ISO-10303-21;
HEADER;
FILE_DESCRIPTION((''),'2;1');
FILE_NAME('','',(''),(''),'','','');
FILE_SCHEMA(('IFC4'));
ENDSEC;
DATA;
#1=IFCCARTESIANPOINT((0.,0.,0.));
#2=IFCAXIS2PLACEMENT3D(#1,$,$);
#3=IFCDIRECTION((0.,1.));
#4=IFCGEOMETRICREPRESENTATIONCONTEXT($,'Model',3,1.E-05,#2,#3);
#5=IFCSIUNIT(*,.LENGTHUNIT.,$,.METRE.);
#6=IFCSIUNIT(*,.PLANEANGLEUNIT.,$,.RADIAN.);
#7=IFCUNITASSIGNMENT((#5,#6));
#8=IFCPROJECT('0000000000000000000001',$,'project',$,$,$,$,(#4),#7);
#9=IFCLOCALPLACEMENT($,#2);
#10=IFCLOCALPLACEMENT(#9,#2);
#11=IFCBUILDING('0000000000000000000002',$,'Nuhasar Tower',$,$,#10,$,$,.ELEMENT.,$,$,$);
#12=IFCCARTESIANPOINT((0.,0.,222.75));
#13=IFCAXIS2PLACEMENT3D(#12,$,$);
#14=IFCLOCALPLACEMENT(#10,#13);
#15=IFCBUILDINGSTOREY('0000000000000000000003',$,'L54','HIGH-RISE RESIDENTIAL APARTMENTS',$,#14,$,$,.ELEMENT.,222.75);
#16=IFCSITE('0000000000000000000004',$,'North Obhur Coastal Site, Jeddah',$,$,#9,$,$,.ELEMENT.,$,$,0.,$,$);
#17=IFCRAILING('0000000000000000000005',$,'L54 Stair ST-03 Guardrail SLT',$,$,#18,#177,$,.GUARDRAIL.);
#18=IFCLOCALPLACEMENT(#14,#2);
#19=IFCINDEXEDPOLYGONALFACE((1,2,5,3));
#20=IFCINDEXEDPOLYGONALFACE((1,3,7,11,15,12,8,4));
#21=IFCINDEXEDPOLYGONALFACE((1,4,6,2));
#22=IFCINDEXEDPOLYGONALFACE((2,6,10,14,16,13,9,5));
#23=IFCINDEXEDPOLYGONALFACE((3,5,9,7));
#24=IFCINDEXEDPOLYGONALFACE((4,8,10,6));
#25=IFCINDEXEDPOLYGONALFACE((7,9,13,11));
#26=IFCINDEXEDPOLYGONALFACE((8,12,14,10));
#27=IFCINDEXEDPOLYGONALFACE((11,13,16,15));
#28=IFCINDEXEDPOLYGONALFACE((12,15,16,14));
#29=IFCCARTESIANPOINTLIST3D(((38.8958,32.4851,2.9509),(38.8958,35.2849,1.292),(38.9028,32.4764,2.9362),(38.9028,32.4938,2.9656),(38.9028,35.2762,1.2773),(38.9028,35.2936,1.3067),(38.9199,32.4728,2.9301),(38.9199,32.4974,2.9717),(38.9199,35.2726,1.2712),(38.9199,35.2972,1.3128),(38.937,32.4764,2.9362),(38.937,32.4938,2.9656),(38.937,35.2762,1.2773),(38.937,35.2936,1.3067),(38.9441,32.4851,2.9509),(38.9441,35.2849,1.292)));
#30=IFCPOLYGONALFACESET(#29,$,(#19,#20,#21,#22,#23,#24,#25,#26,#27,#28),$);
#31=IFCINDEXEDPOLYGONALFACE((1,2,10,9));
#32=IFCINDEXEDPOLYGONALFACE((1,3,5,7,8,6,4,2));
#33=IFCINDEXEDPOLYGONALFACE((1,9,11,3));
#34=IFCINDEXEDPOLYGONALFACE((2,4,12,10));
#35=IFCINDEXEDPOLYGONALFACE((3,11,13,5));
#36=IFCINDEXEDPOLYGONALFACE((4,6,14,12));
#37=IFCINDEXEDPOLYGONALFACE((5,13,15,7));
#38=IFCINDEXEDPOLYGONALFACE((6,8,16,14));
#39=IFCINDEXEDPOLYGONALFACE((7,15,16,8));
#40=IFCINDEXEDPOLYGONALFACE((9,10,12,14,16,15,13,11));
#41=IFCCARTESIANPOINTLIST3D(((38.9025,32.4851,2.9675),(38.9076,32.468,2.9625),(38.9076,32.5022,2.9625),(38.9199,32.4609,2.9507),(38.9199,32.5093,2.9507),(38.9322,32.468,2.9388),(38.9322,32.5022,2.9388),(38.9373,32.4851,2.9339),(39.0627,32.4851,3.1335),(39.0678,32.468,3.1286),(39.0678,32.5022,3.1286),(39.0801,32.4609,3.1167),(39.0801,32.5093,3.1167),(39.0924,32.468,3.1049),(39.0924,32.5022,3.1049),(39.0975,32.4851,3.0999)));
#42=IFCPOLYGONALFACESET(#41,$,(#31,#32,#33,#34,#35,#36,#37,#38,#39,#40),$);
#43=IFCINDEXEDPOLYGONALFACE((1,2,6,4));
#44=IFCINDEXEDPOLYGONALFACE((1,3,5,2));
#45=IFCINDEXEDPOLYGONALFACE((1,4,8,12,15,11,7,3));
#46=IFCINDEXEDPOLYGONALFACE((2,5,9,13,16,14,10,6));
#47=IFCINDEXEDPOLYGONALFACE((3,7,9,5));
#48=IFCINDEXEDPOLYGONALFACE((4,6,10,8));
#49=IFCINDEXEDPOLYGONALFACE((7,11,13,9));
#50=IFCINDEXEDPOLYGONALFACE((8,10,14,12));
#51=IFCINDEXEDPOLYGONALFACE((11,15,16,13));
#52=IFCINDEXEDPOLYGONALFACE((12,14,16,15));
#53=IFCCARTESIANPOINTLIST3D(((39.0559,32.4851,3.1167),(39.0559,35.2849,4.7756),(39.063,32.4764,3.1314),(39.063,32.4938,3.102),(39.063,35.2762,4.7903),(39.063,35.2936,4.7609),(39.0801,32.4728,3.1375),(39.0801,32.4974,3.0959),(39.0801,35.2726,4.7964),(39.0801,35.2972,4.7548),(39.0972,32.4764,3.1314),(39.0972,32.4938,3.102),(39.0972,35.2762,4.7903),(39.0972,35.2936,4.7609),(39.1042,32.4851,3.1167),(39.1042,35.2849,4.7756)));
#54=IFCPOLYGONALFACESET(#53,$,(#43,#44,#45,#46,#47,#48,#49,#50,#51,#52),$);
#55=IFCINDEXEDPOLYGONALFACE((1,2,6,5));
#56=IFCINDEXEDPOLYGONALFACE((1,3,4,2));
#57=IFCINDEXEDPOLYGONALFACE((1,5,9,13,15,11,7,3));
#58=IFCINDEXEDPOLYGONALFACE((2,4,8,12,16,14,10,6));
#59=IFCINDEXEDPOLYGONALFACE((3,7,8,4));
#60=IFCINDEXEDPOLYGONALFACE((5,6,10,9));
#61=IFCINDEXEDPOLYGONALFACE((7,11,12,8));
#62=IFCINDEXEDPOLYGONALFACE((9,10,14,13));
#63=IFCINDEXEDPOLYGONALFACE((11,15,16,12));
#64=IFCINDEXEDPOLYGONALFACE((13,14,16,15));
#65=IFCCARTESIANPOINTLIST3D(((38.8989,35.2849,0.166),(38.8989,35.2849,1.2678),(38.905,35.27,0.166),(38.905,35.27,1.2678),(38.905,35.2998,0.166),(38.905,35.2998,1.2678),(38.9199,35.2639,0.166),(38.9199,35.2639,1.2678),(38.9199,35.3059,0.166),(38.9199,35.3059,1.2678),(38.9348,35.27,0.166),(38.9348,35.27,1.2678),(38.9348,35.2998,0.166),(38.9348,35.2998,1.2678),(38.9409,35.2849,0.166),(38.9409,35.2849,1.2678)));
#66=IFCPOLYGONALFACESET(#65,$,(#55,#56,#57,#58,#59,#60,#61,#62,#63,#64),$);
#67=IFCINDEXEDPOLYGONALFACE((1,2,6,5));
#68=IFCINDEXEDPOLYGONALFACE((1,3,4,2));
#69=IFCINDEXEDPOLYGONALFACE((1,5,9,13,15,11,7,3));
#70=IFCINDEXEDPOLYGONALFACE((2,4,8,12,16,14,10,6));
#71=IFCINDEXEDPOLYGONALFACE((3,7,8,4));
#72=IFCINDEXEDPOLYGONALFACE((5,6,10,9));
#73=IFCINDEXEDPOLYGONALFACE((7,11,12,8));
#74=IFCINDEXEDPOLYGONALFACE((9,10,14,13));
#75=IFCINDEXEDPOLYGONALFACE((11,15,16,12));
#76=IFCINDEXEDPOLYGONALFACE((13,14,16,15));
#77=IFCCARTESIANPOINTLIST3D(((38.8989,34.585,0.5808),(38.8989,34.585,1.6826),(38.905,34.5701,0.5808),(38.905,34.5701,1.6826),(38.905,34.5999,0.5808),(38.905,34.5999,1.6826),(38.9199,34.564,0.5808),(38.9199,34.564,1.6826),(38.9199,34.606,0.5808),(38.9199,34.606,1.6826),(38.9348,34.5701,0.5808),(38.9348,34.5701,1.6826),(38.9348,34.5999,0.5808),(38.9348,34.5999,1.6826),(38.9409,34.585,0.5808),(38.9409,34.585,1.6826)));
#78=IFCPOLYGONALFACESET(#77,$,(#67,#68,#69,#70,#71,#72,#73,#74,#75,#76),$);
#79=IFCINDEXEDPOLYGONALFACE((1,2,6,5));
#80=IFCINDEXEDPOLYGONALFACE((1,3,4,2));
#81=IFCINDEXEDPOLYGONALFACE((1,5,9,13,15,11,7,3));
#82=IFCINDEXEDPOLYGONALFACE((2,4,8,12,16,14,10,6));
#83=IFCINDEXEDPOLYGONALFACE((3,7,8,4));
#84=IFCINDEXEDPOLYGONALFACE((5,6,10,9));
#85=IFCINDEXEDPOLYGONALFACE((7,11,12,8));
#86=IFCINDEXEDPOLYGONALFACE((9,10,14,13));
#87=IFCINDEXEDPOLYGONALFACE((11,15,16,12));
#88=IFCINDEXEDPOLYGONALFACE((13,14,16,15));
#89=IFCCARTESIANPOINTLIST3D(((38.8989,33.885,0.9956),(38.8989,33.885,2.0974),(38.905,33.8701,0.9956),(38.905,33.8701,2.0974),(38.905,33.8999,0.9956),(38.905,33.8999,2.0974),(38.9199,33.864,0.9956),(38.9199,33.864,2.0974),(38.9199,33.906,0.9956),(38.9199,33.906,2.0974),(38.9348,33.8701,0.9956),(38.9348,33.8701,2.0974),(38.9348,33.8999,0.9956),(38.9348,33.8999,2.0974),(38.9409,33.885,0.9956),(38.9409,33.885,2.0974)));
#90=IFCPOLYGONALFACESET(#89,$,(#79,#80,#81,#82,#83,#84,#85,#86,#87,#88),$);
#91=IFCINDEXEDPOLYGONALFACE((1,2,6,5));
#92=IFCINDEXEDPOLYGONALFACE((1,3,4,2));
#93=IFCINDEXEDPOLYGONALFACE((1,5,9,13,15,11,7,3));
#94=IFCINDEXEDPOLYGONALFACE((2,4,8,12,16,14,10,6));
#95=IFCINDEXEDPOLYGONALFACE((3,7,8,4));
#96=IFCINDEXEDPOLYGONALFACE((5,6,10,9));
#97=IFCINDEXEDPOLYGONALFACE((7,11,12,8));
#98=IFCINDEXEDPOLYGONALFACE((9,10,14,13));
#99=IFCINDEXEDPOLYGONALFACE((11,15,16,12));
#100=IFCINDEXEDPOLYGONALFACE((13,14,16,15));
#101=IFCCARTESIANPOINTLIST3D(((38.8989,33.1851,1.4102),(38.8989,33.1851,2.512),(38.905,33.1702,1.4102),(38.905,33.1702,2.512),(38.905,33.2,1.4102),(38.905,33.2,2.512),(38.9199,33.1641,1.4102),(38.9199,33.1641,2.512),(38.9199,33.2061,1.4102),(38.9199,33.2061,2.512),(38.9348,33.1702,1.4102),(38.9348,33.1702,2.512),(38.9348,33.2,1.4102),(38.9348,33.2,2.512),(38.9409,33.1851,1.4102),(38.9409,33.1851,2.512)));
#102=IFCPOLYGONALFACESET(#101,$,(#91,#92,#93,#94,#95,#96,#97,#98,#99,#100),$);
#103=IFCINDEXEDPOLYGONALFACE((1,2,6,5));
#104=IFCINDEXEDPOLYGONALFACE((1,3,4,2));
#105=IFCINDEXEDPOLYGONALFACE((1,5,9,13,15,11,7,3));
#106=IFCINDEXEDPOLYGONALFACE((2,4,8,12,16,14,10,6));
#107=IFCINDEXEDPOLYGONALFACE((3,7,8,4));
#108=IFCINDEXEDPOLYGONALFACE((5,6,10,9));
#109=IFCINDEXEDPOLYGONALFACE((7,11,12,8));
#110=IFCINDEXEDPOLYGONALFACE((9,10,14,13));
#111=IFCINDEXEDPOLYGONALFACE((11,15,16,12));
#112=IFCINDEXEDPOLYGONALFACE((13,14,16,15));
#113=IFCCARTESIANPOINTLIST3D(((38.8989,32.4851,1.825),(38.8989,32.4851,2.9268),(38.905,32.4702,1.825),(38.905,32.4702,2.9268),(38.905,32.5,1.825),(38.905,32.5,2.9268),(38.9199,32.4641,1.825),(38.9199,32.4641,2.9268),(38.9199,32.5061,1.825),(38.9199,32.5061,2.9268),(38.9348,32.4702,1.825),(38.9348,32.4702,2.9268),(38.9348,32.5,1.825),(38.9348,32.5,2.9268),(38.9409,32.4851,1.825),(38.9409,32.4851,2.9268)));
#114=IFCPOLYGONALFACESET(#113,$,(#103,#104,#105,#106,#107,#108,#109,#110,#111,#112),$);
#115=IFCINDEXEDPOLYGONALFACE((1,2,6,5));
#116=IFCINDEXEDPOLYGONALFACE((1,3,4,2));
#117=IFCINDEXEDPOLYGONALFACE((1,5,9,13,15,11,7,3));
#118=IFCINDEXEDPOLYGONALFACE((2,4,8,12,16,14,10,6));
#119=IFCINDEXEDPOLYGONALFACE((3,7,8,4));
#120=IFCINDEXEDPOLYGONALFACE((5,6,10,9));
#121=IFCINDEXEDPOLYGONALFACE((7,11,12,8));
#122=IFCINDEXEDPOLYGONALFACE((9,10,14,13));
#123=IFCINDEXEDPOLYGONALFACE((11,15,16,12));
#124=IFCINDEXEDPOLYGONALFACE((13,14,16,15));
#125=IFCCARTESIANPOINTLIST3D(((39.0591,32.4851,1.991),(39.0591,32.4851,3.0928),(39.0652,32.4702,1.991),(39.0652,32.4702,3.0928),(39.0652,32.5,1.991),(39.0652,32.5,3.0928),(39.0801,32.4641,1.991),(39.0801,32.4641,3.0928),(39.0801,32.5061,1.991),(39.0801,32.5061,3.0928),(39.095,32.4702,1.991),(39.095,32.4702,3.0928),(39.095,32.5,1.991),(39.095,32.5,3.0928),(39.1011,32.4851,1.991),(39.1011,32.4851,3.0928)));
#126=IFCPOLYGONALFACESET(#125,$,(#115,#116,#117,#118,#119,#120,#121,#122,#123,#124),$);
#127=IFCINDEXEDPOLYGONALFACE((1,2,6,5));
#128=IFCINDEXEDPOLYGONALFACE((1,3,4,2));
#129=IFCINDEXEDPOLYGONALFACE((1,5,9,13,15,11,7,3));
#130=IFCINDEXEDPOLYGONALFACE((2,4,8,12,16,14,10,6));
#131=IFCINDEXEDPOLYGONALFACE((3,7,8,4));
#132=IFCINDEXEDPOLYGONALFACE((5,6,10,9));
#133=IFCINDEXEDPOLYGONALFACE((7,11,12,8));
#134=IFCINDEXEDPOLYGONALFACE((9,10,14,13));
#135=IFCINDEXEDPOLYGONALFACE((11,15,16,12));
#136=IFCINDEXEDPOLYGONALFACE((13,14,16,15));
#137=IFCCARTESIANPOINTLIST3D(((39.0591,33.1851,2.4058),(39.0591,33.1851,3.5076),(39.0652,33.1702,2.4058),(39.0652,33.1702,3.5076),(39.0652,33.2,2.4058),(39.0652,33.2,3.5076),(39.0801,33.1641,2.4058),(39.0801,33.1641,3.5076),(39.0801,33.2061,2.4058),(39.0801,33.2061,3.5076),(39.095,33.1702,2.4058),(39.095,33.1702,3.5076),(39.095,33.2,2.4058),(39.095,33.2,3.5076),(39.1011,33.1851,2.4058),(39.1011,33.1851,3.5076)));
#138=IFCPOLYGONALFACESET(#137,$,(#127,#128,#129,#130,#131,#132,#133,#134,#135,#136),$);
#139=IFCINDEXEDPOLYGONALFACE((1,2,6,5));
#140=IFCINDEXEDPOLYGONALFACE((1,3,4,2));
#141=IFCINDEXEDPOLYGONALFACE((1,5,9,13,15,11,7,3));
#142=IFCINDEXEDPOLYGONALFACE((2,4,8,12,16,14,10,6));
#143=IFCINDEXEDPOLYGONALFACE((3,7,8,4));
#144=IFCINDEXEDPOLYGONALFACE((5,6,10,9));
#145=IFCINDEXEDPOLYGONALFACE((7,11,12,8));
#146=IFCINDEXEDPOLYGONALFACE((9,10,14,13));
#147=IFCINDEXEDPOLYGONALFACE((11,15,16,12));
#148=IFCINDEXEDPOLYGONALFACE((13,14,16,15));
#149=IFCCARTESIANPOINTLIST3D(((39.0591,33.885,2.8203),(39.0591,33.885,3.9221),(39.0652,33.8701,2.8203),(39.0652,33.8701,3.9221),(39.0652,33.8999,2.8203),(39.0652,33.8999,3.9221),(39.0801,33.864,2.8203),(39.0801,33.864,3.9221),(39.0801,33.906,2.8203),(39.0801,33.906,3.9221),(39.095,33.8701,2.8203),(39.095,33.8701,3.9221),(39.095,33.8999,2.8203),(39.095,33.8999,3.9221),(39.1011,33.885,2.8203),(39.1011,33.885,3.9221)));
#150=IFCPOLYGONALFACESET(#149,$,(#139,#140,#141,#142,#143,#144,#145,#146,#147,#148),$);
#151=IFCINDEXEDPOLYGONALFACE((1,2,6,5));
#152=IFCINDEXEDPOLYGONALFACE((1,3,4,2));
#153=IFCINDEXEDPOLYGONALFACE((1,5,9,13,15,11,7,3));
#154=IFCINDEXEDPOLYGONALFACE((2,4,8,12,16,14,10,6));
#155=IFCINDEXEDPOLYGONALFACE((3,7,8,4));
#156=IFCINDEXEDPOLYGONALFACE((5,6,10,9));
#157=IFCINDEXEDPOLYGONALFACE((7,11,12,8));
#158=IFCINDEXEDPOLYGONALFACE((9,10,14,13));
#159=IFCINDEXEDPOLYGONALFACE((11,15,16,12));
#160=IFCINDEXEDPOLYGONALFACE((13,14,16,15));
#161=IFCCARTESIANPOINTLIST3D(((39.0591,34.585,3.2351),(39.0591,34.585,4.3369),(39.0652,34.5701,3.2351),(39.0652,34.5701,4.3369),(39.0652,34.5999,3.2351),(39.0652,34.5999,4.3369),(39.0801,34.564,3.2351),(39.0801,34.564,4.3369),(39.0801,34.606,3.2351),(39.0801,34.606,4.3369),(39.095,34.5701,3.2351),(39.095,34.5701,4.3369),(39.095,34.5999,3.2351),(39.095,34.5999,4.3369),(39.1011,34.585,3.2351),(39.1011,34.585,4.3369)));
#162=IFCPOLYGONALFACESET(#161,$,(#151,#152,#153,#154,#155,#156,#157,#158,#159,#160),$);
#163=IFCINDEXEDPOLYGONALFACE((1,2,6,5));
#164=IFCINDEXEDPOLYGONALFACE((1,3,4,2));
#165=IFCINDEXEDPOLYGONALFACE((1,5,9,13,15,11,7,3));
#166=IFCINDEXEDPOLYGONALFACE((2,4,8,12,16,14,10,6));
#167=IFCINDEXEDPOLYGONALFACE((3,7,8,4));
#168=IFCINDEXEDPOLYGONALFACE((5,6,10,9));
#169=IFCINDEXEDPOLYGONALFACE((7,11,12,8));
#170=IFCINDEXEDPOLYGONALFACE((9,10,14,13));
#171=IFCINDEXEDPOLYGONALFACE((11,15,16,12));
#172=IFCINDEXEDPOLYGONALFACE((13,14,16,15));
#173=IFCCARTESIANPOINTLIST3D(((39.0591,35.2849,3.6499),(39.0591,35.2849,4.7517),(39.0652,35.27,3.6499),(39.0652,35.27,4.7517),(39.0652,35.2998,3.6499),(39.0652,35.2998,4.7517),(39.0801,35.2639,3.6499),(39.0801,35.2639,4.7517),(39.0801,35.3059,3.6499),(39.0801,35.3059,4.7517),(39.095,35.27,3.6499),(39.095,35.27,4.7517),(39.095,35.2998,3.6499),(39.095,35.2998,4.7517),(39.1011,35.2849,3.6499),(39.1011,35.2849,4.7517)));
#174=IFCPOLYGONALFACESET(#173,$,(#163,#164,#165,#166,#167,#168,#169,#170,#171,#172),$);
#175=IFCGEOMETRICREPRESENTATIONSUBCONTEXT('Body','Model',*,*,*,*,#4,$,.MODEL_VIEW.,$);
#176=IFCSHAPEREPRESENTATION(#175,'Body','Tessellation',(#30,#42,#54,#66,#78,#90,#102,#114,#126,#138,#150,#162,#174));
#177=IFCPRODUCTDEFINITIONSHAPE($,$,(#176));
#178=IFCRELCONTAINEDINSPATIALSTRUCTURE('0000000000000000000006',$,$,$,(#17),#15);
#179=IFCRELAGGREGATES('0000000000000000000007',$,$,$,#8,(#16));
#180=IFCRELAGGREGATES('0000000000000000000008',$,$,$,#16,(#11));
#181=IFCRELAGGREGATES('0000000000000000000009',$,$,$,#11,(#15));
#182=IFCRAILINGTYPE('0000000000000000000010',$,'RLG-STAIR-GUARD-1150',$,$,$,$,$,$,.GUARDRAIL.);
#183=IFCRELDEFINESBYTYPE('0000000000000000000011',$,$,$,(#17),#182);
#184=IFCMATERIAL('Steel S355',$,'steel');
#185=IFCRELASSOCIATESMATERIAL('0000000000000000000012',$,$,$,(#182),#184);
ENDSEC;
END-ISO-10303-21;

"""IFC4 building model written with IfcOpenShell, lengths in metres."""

from ifc_helpers import new_model, si_unit, direction, frame, origin, place, context, subcontext, project, spatial, polyline, outline, extrude, material, type_object, element, save


model = new_model("IFC4")

# Units and contexts
model_context = context("Model", 3, precision=1e-05, world=origin(), true_north=direction((0.0, 1.0)))
body_context = subcontext(model_context, "Body", "Model", "MODEL_VIEW")
ifc_project = project(units=[si_unit("LENGTHUNIT", "METRE"), si_unit("PLANEANGLEUNIT", "RADIAN")], contexts=[model_context])

# Site, building, storey
site_placement = place(None, origin())
site = spatial("IfcSite", under=ifc_project, at=site_placement, Name="North Obhur Coastal Site, Jeddah", CompositionType="ELEMENT", RefElevation=0.0)
building_placement = place(site_placement, origin())
building = spatial("IfcBuilding", under=site, at=building_placement, Name="Nuhasar Tower", CompositionType="ELEMENT")
storey_placement = place(building_placement, frame((0.0, 0.0, 222.75)))
storey = spatial("IfcBuildingStorey", under=building, at=storey_placement, Name="L54", Description="HIGH-RISE RESIDENTIAL APARTMENTS", CompositionType="ELEMENT", Elevation=222.75)

# Shared definitions
ifc_material_1 = material(Name="Steel S355", Category="steel")

# Railing
railing_type_1 = type_object("IfcRailingType", Name="RLG-STAIR-GUARD-1150", PredefinedType="GUARDRAIL", material=ifc_material_1)
railing_1_placement = place(storey_placement, frame((38.9199, 35.2849, 0.166)))
element("IfcRailing", 1, at=railing_1_placement, inside=storey, type_object=railing_type_1, Name="L54 Stair ST-03 Guardrail SLT", PredefinedType="GUARDRAIL", context=body_context, shape_type="SweptSolid", body=[
    extrude(outline(polyline([(0.0242, 0.0), (0.0171, 0.0171), (0.0, 0.0242), (-0.0171, 0.0171), (-0.0242, 0.0), (-0.0171, -0.0171), (0.0, -0.0242), (0.0171, -0.0171), (0.0242, 0.0)])), frame((0.0, 0.0, 1.126), z_axis=(0.0, -0.86032, 0.509755), x_axis=(1.0, 0.0, 0.0)), (0.0, 0.0, 1.0), 3.2544),
    extrude(outline(polyline([(0.0242, 0.0), (0.0171, 0.0171), (0.0, 0.0242), (-0.0171, 0.0171), (-0.0242, 0.0), (-0.0171, -0.0171), (0.0, -0.0242), (0.0171, -0.0171), (0.0242, 0.0)])), frame((0.0, -2.7998, 2.7847), z_axis=(0.694292, 0.0, 0.719693), x_axis=(0.0, 1.0, 0.0)), (0.0, 0.0, 1.0), 0.2307),
    extrude(outline(polyline([(0.0242, 0.0), (0.0171, 0.0171), (0.0, 0.0242), (-0.0171, 0.0171), (-0.0242, 0.0), (-0.0171, -0.0171), (0.0, -0.0242), (0.0171, -0.0171), (0.0242, 0.0)])), frame((0.1602, -2.7998, 2.9507), z_axis=(0.0, 0.86032, 0.509755), x_axis=(-1.0, 0.0, 0.0)), (0.0, 0.0, 1.0), 3.2544),
    extrude(outline(polyline([(0.021, 0.0), (0.0149, 0.0149), (0.0, 0.021), (-0.0149, 0.0149), (-0.021, 0.0), (-0.0149, -0.0149), (0.0, -0.021), (0.0149, -0.0149), (0.021, 0.0)])), origin(), (0.0, 0.0, 1.0), 1.1018),
    extrude(outline(polyline([(0.021, 0.0), (0.0149, 0.0149), (0.0, 0.021), (-0.0149, 0.0149), (-0.021, 0.0), (-0.0149, -0.0149), (0.0, -0.021), (0.0149, -0.0149), (0.021, 0.0)])), frame((0.0, -0.7, 0.4148)), (0.0, 0.0, 1.0), 1.1018),
    extrude(outline(polyline([(0.021, 0.0), (0.0149, 0.0149), (0.0, 0.021), (-0.0149, 0.0149), (-0.021, 0.0), (-0.0149, -0.0149), (0.0, -0.021), (0.0149, -0.0149), (0.021, 0.0)])), frame((0.0, -1.3999, 0.8296)), (0.0, 0.0, 1.0), 1.1018),
    extrude(outline(polyline([(0.021, 0.0), (0.0149, 0.0149), (0.0, 0.021), (-0.0149, 0.0149), (-0.021, 0.0), (-0.0149, -0.0149), (0.0, -0.021), (0.0149, -0.0149), (0.021, 0.0)])), frame((0.0, -2.0999, 1.2441)), (0.0, 0.0, 1.0), 1.1018),
    extrude(outline(polyline([(0.021, 0.0), (0.0149, 0.0149), (0.0, 0.021), (-0.0149, 0.0149), (-0.021, 0.0), (-0.0149, -0.0149), (0.0, -0.021), (0.0149, -0.0149), (0.021, 0.0)])), frame((0.0, -2.7998, 1.6589)), (0.0, 0.0, 1.0), 1.1018),
    extrude(outline(polyline([(0.021, 0.0), (0.0149, 0.0149), (0.0, 0.021), (-0.0149, 0.0149), (-0.021, 0.0), (-0.0149, -0.0149), (0.0, -0.021), (0.0149, -0.0149), (0.021, 0.0)])), frame((0.1602, -2.7998, 1.825)), (0.0, 0.0, 1.0), 1.1018),
    extrude(outline(polyline([(0.021, 0.0), (0.0149, 0.0149), (0.0, 0.021), (-0.0149, 0.0149), (-0.021, 0.0), (-0.0149, -0.0149), (0.0, -0.021), (0.0149, -0.0149), (0.021, 0.0)])), frame((0.1602, -2.0999, 2.2397)), (0.0, 0.0, 1.0), 1.1018),
    extrude(outline(polyline([(0.021, 0.0), (0.0149, 0.0149), (0.0, 0.021), (-0.0149, 0.0149), (-0.021, 0.0), (-0.0149, -0.0149), (0.0, -0.021), (0.0149, -0.0149), (0.021, 0.0)])), frame((0.1602, -1.3999, 2.6543)), (0.0, 0.0, 1.0), 1.1018),
    extrude(outline(polyline([(0.021, 0.0), (0.0149, 0.0149), (0.0, 0.021), (-0.0149, 0.0149), (-0.021, 0.0), (-0.0149, -0.0149), (0.0, -0.021), (0.0149, -0.0149), (0.021, 0.0)])), frame((0.1602, -0.7, 3.0691)), (0.0, 0.0, 1.0), 1.1018),
    extrude(outline(polyline([(0.021, 0.0), (0.0149, 0.0149), (0.0, 0.021), (-0.0149, 0.0149), (-0.021, 0.0), (-0.0149, -0.0149), (0.0, -0.021), (0.0149, -0.0149), (0.021, 0.0)])), frame((0.1602, 0.0, 3.4839)), (0.0, 0.0, 1.0), 1.1018),
])

save(model, "model.ifc")
